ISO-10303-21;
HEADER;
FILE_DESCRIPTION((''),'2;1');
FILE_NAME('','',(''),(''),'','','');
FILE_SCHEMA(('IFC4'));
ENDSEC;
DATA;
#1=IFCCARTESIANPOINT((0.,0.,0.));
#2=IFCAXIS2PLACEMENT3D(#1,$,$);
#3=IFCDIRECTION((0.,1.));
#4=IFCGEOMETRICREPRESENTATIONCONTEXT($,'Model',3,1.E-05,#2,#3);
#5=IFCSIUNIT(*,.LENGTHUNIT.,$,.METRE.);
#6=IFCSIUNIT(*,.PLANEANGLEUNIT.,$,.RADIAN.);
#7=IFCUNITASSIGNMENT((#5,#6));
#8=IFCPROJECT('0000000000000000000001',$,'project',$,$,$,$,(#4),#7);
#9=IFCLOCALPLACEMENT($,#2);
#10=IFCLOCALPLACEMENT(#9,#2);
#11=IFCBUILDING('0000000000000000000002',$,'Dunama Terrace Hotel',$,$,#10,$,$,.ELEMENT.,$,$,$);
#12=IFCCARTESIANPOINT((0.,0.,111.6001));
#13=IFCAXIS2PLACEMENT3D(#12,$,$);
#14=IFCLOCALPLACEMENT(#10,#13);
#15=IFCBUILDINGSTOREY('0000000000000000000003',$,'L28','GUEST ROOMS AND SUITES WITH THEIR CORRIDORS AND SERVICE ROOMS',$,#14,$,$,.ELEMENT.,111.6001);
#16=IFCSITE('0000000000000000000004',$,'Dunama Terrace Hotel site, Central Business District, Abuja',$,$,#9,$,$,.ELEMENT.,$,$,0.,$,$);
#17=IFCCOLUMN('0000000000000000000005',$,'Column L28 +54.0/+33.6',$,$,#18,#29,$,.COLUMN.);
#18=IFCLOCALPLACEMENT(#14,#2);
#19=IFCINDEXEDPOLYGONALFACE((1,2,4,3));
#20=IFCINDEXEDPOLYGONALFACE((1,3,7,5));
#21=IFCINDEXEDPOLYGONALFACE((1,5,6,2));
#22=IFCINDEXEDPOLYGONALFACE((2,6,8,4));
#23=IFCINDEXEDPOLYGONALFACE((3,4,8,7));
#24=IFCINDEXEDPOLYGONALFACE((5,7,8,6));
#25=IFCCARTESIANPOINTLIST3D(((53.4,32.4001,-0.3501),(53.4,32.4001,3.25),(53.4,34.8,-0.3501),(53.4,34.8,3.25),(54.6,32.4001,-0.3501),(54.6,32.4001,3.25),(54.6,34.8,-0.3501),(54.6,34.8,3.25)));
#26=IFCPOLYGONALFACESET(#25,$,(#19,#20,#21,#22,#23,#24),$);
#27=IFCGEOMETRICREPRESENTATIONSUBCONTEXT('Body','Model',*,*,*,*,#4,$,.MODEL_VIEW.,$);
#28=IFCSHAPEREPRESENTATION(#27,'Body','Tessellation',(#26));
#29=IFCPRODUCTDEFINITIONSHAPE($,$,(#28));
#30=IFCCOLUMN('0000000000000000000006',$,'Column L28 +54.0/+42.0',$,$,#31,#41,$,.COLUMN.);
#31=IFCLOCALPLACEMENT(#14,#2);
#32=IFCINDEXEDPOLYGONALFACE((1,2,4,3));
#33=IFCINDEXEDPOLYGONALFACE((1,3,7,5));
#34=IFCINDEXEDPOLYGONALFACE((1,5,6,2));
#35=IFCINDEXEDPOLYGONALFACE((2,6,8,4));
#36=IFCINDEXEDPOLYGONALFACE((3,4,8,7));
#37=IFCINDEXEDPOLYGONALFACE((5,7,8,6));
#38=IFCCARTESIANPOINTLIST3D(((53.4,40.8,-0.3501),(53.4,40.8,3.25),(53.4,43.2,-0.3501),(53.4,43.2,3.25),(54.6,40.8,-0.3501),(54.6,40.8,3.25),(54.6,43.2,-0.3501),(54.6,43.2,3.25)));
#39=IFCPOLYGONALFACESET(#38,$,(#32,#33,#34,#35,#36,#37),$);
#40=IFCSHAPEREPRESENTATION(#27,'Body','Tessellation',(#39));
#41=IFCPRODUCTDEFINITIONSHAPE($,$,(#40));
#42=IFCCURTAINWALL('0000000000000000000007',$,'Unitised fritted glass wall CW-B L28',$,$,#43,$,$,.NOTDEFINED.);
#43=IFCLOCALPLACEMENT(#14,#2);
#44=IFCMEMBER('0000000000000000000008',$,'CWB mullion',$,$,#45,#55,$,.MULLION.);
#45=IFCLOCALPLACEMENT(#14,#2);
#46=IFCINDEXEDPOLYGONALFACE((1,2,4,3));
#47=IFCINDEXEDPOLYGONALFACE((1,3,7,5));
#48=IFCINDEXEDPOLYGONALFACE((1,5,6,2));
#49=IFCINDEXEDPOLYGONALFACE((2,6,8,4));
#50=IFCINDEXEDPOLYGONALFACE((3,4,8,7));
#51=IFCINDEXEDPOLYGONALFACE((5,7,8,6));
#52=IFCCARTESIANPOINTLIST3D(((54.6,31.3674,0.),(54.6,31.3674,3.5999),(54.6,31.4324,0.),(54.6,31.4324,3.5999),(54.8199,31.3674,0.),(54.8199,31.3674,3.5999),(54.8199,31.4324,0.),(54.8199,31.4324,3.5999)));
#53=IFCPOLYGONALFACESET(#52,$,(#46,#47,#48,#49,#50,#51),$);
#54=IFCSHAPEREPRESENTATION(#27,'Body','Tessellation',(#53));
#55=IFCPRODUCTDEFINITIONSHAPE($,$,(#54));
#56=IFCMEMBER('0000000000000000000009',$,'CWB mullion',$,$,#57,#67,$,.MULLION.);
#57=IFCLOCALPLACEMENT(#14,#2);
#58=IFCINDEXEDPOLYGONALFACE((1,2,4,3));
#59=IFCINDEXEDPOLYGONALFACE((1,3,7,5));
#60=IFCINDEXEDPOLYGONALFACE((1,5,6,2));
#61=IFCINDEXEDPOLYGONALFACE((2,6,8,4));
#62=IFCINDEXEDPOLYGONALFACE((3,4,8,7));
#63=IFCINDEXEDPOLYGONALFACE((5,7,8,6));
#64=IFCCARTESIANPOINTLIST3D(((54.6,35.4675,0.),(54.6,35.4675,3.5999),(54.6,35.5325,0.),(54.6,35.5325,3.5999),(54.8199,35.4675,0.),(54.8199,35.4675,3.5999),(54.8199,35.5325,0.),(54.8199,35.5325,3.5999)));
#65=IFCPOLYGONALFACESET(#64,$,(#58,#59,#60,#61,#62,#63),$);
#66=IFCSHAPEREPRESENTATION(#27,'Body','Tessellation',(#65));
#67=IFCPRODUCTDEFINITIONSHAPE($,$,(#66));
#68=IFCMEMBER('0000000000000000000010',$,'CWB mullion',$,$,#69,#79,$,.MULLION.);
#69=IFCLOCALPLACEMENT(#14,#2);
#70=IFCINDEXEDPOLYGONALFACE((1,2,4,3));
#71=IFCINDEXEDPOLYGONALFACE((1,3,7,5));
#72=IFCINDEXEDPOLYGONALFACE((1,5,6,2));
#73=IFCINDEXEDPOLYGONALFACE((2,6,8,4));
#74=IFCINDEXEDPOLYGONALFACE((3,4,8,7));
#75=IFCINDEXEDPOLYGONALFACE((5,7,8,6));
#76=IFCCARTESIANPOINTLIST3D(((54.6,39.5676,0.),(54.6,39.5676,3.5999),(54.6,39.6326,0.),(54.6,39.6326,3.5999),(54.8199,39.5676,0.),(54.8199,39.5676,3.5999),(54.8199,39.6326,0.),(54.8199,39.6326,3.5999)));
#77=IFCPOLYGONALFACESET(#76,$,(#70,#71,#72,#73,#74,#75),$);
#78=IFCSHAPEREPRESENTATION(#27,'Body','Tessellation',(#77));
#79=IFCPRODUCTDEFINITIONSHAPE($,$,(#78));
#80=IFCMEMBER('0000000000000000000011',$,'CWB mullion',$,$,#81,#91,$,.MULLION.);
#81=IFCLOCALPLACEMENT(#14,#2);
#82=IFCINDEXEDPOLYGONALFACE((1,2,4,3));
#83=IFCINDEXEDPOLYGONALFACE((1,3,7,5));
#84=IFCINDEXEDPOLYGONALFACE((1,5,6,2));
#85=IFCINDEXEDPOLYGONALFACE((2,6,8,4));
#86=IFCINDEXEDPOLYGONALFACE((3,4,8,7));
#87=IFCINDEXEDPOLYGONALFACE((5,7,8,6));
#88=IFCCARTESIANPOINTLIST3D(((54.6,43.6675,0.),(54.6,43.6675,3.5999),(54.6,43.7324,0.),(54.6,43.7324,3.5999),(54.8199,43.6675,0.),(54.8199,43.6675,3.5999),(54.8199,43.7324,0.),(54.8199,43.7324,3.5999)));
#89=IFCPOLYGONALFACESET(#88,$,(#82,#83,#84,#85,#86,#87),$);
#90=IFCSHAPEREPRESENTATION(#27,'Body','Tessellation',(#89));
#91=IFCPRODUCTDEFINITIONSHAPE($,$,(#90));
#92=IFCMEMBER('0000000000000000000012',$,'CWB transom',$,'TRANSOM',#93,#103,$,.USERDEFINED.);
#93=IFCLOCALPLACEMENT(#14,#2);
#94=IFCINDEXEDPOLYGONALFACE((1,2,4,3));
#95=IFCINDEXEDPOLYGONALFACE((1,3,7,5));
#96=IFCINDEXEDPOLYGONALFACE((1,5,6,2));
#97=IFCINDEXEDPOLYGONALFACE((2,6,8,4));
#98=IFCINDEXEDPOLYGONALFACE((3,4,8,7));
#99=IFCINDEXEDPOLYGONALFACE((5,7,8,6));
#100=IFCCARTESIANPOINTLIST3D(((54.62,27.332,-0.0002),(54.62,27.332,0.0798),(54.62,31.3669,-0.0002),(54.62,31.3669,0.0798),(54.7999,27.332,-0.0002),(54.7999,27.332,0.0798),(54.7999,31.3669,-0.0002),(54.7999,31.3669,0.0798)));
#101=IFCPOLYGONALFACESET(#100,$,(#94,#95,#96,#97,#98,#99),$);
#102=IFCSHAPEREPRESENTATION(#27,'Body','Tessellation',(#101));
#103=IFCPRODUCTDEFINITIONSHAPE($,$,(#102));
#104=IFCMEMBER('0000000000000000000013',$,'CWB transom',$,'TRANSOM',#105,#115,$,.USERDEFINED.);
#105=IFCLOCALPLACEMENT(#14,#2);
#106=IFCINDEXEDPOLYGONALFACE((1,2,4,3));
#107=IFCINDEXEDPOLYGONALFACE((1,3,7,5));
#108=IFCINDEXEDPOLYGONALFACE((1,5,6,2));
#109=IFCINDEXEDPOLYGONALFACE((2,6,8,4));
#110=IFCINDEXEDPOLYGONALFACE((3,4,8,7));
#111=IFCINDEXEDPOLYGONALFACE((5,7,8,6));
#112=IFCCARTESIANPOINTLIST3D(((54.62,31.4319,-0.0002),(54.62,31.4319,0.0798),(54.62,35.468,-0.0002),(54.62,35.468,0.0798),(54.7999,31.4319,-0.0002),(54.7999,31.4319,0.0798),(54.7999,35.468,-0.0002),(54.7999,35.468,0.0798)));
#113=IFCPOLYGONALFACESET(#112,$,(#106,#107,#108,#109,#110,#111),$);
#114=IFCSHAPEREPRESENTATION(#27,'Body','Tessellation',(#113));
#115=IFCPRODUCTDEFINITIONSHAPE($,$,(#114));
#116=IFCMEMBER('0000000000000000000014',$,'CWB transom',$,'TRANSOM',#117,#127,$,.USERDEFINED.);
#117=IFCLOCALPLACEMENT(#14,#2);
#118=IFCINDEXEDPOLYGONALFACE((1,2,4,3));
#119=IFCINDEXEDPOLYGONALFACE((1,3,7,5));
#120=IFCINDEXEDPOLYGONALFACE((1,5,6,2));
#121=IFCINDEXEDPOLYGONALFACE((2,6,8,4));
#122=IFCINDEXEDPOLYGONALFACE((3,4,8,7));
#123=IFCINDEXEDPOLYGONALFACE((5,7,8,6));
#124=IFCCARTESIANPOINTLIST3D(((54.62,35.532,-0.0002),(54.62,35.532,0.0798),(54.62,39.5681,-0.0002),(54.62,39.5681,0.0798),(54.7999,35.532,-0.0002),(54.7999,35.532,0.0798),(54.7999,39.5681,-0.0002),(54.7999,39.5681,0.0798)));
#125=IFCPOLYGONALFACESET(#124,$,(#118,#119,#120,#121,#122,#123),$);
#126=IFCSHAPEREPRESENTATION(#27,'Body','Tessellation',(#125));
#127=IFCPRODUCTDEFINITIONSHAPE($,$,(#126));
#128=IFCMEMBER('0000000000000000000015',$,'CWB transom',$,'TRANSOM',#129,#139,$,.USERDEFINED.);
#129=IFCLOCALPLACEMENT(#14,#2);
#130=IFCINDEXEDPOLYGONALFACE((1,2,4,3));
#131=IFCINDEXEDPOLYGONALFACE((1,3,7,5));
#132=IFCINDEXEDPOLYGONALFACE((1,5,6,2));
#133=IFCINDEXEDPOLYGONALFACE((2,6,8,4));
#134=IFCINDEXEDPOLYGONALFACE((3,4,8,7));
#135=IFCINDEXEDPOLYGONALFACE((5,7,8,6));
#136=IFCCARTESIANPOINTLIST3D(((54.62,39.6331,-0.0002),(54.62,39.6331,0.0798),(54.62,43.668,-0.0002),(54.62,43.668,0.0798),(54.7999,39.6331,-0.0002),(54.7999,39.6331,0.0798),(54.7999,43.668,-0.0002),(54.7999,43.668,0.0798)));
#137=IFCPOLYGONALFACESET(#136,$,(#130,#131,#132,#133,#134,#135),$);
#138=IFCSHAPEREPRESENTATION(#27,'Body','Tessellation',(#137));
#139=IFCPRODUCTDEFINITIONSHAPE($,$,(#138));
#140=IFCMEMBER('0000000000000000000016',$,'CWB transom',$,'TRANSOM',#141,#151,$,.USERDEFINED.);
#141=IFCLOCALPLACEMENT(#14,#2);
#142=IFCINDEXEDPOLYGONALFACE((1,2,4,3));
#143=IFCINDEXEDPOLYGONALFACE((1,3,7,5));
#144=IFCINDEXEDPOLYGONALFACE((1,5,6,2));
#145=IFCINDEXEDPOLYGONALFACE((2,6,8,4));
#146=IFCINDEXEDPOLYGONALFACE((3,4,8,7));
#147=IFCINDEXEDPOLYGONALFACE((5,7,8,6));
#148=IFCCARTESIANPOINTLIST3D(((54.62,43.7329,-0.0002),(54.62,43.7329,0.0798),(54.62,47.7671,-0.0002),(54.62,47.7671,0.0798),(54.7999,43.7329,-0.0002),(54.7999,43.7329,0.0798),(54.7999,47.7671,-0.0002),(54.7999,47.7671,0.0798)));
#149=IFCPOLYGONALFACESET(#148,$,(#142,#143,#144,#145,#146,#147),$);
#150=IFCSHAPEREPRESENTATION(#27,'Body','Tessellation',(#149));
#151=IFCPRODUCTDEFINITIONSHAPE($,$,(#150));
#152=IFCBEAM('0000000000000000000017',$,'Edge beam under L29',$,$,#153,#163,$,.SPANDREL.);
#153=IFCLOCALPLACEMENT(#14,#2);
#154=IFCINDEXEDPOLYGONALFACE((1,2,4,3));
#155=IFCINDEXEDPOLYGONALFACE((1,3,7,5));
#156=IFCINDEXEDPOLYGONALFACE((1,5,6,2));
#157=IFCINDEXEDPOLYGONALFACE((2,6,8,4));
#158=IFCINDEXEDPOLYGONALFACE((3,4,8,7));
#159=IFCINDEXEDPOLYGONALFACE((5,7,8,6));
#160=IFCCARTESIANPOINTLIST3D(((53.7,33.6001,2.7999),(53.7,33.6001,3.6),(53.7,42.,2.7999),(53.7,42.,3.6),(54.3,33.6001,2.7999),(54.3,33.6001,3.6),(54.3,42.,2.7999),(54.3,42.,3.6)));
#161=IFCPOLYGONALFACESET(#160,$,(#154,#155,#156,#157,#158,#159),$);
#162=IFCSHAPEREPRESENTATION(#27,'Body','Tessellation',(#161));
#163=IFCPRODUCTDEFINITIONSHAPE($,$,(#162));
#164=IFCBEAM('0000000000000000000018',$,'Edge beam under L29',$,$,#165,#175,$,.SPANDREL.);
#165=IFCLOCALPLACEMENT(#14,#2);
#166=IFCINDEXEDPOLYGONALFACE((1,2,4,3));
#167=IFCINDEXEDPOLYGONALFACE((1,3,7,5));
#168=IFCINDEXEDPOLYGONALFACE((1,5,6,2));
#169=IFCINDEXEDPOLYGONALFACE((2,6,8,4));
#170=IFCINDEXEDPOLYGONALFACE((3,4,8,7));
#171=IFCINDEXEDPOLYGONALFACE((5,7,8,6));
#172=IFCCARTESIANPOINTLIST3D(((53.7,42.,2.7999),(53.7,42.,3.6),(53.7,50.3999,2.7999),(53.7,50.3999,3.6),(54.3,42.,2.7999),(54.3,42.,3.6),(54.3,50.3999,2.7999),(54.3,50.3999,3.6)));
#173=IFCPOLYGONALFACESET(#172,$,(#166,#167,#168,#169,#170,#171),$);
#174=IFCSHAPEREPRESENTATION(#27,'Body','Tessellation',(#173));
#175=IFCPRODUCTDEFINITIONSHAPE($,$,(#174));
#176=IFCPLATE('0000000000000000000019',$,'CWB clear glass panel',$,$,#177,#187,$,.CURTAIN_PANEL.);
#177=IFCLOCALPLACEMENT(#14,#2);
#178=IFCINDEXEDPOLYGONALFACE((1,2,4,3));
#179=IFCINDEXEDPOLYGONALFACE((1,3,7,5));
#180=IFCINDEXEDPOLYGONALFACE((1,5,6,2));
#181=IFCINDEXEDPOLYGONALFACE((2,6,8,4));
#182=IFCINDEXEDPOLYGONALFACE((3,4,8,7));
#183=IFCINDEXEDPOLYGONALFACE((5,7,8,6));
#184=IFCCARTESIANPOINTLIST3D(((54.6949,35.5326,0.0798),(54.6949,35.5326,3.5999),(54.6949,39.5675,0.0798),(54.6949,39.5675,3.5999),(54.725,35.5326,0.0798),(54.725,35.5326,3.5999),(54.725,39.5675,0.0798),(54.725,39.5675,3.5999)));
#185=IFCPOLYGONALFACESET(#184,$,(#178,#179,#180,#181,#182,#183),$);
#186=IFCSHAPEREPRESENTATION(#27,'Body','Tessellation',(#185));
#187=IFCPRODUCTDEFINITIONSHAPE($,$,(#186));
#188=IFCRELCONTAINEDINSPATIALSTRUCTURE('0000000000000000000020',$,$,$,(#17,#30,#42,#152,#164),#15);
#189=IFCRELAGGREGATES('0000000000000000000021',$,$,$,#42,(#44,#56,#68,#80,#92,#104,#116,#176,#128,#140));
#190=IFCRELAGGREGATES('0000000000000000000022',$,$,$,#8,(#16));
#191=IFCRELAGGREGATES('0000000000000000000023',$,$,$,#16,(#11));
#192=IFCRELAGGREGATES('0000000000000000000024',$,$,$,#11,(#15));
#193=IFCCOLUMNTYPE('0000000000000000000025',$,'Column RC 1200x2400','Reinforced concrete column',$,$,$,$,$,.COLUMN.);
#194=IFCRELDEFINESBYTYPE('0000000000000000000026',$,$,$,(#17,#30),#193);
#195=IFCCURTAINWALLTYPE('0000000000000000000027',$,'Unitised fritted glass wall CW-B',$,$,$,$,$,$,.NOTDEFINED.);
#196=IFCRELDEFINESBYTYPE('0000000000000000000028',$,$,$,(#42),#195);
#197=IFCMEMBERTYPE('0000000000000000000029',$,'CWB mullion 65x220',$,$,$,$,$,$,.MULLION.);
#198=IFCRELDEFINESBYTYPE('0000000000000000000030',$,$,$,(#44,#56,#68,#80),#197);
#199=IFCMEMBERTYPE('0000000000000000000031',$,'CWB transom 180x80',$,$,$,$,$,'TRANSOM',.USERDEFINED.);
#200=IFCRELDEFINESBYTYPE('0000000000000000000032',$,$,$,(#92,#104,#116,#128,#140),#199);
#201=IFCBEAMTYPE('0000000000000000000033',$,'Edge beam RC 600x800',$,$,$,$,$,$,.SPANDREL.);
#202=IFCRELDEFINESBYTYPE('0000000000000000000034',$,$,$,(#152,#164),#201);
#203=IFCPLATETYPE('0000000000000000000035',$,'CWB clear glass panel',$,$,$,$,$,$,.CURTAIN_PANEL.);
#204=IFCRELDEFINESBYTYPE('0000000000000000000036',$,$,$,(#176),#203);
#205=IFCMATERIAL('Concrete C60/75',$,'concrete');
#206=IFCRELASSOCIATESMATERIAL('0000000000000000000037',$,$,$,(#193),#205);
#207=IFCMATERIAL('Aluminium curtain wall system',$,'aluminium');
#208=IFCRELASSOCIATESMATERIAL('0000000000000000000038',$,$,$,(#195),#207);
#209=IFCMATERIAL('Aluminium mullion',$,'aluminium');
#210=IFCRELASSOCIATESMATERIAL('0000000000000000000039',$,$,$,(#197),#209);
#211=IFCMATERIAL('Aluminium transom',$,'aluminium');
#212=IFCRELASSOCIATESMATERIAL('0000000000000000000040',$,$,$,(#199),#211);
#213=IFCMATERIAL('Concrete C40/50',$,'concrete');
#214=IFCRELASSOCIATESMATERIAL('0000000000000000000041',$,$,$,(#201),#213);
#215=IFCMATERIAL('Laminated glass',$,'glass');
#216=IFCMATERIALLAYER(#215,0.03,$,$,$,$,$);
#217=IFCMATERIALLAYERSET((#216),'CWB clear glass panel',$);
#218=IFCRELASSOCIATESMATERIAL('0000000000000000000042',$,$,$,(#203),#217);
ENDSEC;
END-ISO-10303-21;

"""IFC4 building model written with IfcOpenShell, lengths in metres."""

from ifc_helpers import new_model, si_unit, direction, frame, origin, origin_2d, place, context, subcontext, project, spatial, rectangle, extrude, material, layer, layer_set, material_profile, profile_set, type_object, element, aggregate, save


model = new_model("IFC4")

# Units and contexts
model_context = context("Model", 3, precision=1e-05, world=origin(), true_north=direction((0.0, 1.0)))
body_context = subcontext(model_context, "Body", "Model", "MODEL_VIEW")
ifc_project = project(units=[si_unit("LENGTHUNIT", "METRE"), si_unit("PLANEANGLEUNIT", "RADIAN")], contexts=[model_context])

# Site, building, storey
site_placement = place(None, origin())
site = spatial("IfcSite", under=ifc_project, at=site_placement, Name="Dunama Terrace Hotel site, Central Business District, Abuja", CompositionType="ELEMENT", RefElevation=0.0)
building_placement = place(site_placement, origin())
building = spatial("IfcBuilding", under=site, at=building_placement, Name="Dunama Terrace Hotel", CompositionType="ELEMENT")
storey_placement = place(building_placement, frame((0.0, 0.0, 111.6001)))
storey = spatial("IfcBuildingStorey", under=building, at=storey_placement, Name="L28", Description="GUEST ROOMS AND SUITES WITH THEIR CORRIDORS AND SERVICE ROOMS", CompositionType="ELEMENT", Elevation=111.6001)

# Columns
ifc_material_1 = material(Name="Concrete C60/75", Category="concrete")
ifc_material_profile_1 = material_profile(ifc_material_1, rectangle(XDim=1.2, YDim=2.3999, at=origin_2d()), Name="RC 1200x2400")
ifc_profile_set_1 = profile_set([ifc_material_profile_1], Name="Concrete C60/75")
column_type = type_object("IfcColumnType", Name="Column RC 1200x2400", Description="Reinforced concrete column", PredefinedType="COLUMN", material=ifc_profile_set_1)
for number, where, z_axis, x_axis, name in (
    (1, (54.0, 33.6001, -0.3501), (0.0, 0.0, 1.0), (1.0, 0.0, 0.0), "Column L28 +54.0/+33.6"),
    (2, (54.0, 42.0, -0.3501), (0.0, 0.0, 1.0), (1.0, 0.0, 0.0), "Column L28 +54.0/+42.0"),
):
    element("IfcColumn", number, at=place(storey_placement, frame(where, z_axis=z_axis, x_axis=x_axis)), inside=storey, type_object=column_type, Name=name, PredefinedType="COLUMN", context=body_context, shape_type="SweptSolid", body=[
        extrude(rectangle(XDim=1.2, YDim=2.3999, at=origin_2d()), origin(), (0.0, 0.0, 1.0), 3.6001),
    ])

# Curtain wall, members
ifc_material_2 = material(Name="Aluminium curtain wall system", Category="aluminium")
curtain_wall_type = type_object("IfcCurtainWallType", Name="Unitised fritted glass wall CW-B", PredefinedType="NOTDEFINED", material=ifc_material_2)
curtain_wall_placement = place(storey_placement, origin())
curtain_wall = element("IfcCurtainWall", 3, at=curtain_wall_placement, inside=storey, type_object=curtain_wall_type, Name="Unitised fritted glass wall CW-B L28", PredefinedType="NOTDEFINED")
ifc_material_3 = material(Name="Aluminium mullion", Category="aluminium")
ifc_material_profile_2 = material_profile(ifc_material_3, rectangle(XDim=0.0649, YDim=0.22, at=origin_2d()), Name="CWB MULLION 65X220")
ifc_profile_set_2 = profile_set([ifc_material_profile_2], Name="Aluminium mullion")
member_type_1 = type_object("IfcMemberType", Name="CWB mullion 65x220", PredefinedType="MULLION", material=ifc_profile_set_2)
member_1_placement = place(storey_placement, frame((54.71, 31.3999, 0.0), z_axis=(0.0, 0.0, 1.0), x_axis=(0.0, 1.0, 0.0)))
member_1 = element("IfcMember", 4, at=member_1_placement, type_object=member_type_1, Name="CWB mullion", PredefinedType="MULLION", context=body_context, shape_type="SweptSolid", body=[
    extrude(rectangle(XDim=0.0649, YDim=0.22, at=origin_2d()), origin(), (0.0, 0.0, 1.0), 3.5999),
])
member_2_placement = place(storey_placement, frame((54.71, 35.5, 0.0), z_axis=(0.0, 0.0, 1.0), x_axis=(0.0, 1.0, 0.0)))
member_2 = element("IfcMember", 5, at=member_2_placement, type_object=member_type_1, Name="CWB mullion", PredefinedType="MULLION", context=body_context, shape_type="SweptSolid", body=[
    extrude(rectangle(XDim=0.0649, YDim=0.22, at=origin_2d()), origin(), (0.0, 0.0, 1.0), 3.5999),
])
member_3_placement = place(storey_placement, frame((54.71, 39.6001, 0.0), z_axis=(0.0, 0.0, 1.0), x_axis=(0.0, 1.0, 0.0)))
member_3 = element("IfcMember", 6, at=member_3_placement, type_object=member_type_1, Name="CWB mullion", PredefinedType="MULLION", context=body_context, shape_type="SweptSolid", body=[
    extrude(rectangle(XDim=0.0649, YDim=0.22, at=origin_2d()), origin(), (0.0, 0.0, 1.0), 3.5999),
])
member_4_placement = place(storey_placement, frame((54.71, 43.7, 0.0), z_axis=(0.0, 0.0, 1.0), x_axis=(0.0, 1.0, 0.0)))
member_4 = element("IfcMember", 7, at=member_4_placement, type_object=member_type_1, Name="CWB mullion", PredefinedType="MULLION", context=body_context, shape_type="SweptSolid", body=[
    extrude(rectangle(XDim=0.0649, YDim=0.22, at=origin_2d()), origin(), (0.0, 0.0, 1.0), 3.5999),
])
ifc_material_4 = material(Name="Aluminium transom", Category="aluminium")
ifc_material_profile_3 = material_profile(ifc_material_4, rectangle(XDim=0.1799, YDim=0.0801, at=origin_2d()), Name="CWB TRANSOM 180X80")
ifc_profile_set_3 = profile_set([ifc_material_profile_3], Name="Aluminium transom")
member_type_2 = type_object("IfcMemberType", Name="CWB transom 180x80", ElementType="TRANSOM", PredefinedType="USERDEFINED", material=ifc_profile_set_3)
member_5_placement = place(storey_placement, frame((54.71, 27.332, 0.0398), z_axis=(0.0, 1.0, 0.0), x_axis=(-1.0, 0.0, 0.0)))
member_5 = element("IfcMember", 8, at=member_5_placement, type_object=member_type_2, Name="CWB transom", ObjectType="TRANSOM", PredefinedType="USERDEFINED", context=body_context, shape_type="SweptSolid", body=[
    extrude(rectangle(XDim=0.1799, YDim=0.0801, at=origin_2d()), origin(), (0.0, 0.0, 1.0), 4.0349),
])
member_6_placement = place(storey_placement, frame((54.71, 31.4319, 0.0398), z_axis=(0.0, 1.0, 0.0), x_axis=(-1.0, 0.0, 0.0)))
member_6 = element("IfcMember", 9, at=member_6_placement, type_object=member_type_2, Name="CWB transom", ObjectType="TRANSOM", PredefinedType="USERDEFINED", context=body_context, shape_type="SweptSolid", body=[
    extrude(rectangle(XDim=0.1799, YDim=0.0801, at=origin_2d()), origin(), (0.0, 0.0, 1.0), 4.0361),
])
member_7_placement = place(storey_placement, frame((54.71, 35.532, 0.0398), z_axis=(0.0, 1.0, 0.0), x_axis=(-1.0, 0.0, 0.0)))
member_7 = element("IfcMember", 10, at=member_7_placement, type_object=member_type_2, Name="CWB transom", ObjectType="TRANSOM", PredefinedType="USERDEFINED", context=body_context, shape_type="SweptSolid", body=[
    extrude(rectangle(XDim=0.1799, YDim=0.0801, at=origin_2d()), origin(), (0.0, 0.0, 1.0), 4.0361),
])
member_8_placement = place(storey_placement, frame((54.71, 39.6331, 0.0398), z_axis=(0.0, 1.0, 0.0), x_axis=(-1.0, 0.0, 0.0)))
member_8 = element("IfcMember", 11, at=member_8_placement, type_object=member_type_2, Name="CWB transom", ObjectType="TRANSOM", PredefinedType="USERDEFINED", context=body_context, shape_type="SweptSolid", body=[
    extrude(rectangle(XDim=0.1799, YDim=0.0801, at=origin_2d()), origin(), (0.0, 0.0, 1.0), 4.0349),
])
member_9_placement = place(storey_placement, frame((54.71, 43.7329, 0.0398), z_axis=(0.0, 1.0, 0.0), x_axis=(-1.0, 0.0, 0.0)))
member_9 = element("IfcMember", 12, at=member_9_placement, type_object=member_type_2, Name="CWB transom", ObjectType="TRANSOM", PredefinedType="USERDEFINED", context=body_context, shape_type="SweptSolid", body=[
    extrude(rectangle(XDim=0.1799, YDim=0.0801, at=origin_2d()), origin(), (0.0, 0.0, 1.0), 4.0342),
])

# Beams
ifc_material_5 = material(Name="Concrete C40/50", Category="concrete")
ifc_material_profile_4 = material_profile(ifc_material_5, rectangle(XDim=0.6001, YDim=0.8, at=origin_2d()), Name="RC 600x800")
ifc_profile_set_4 = profile_set([ifc_material_profile_4], Name="Concrete C40/50")
beam_type = type_object("IfcBeamType", Name="Edge beam RC 600x800", PredefinedType="SPANDREL", material=ifc_profile_set_4)
for number, where, z_axis, x_axis, name in (
    (13, (54.0, 33.6001, 3.2), (0.0, 1.0, 0.0), (-1.0, 0.0, 0.0), "Edge beam under L29"),
    (14, (54.0, 42.0, 3.2), (0.0, 1.0, 0.0), (-1.0, 0.0, 0.0), "Edge beam under L29"),
):
    element("IfcBeam", number, at=place(storey_placement, frame(where, z_axis=z_axis, x_axis=x_axis)), inside=storey, type_object=beam_type, Name=name, PredefinedType="SPANDREL", context=body_context, shape_type="SweptSolid", body=[
        extrude(rectangle(XDim=0.6001, YDim=0.8, at=origin_2d()), origin(), (0.0, 0.0, 1.0), 8.3999),
    ])

# Plate
ifc_material_6 = material(Name="Laminated glass", Category="glass")
ifc_layer_1 = layer(ifc_material_6, 0.03)
ifc_layer_set_1 = layer_set([ifc_layer_1], Name="CWB clear glass panel")
plate_type_1 = type_object("IfcPlateType", Name="CWB clear glass panel", PredefinedType="CURTAIN_PANEL", material=ifc_layer_set_1)
plate_1_placement = place(storey_placement, frame((54.71, 37.55, 0.0798), z_axis=(0.0, 0.0, 1.0), x_axis=(0.0, 1.0, 0.0)))
plate_1 = element("IfcPlate", 15, at=plate_1_placement, type_object=plate_type_1, Name="CWB clear glass panel", PredefinedType="CURTAIN_PANEL", context=body_context, shape_type="SweptSolid", body=[
    extrude(rectangle(XDim=4.0349, YDim=0.03, at=origin_2d()), origin(), (0.0, 0.0, 1.0), 3.52),
])
aggregate(curtain_wall, [member_1, member_2, member_3, member_4, member_5, member_6, member_7, plate_1, member_8, member_9])

save(model, "model.ifc")
